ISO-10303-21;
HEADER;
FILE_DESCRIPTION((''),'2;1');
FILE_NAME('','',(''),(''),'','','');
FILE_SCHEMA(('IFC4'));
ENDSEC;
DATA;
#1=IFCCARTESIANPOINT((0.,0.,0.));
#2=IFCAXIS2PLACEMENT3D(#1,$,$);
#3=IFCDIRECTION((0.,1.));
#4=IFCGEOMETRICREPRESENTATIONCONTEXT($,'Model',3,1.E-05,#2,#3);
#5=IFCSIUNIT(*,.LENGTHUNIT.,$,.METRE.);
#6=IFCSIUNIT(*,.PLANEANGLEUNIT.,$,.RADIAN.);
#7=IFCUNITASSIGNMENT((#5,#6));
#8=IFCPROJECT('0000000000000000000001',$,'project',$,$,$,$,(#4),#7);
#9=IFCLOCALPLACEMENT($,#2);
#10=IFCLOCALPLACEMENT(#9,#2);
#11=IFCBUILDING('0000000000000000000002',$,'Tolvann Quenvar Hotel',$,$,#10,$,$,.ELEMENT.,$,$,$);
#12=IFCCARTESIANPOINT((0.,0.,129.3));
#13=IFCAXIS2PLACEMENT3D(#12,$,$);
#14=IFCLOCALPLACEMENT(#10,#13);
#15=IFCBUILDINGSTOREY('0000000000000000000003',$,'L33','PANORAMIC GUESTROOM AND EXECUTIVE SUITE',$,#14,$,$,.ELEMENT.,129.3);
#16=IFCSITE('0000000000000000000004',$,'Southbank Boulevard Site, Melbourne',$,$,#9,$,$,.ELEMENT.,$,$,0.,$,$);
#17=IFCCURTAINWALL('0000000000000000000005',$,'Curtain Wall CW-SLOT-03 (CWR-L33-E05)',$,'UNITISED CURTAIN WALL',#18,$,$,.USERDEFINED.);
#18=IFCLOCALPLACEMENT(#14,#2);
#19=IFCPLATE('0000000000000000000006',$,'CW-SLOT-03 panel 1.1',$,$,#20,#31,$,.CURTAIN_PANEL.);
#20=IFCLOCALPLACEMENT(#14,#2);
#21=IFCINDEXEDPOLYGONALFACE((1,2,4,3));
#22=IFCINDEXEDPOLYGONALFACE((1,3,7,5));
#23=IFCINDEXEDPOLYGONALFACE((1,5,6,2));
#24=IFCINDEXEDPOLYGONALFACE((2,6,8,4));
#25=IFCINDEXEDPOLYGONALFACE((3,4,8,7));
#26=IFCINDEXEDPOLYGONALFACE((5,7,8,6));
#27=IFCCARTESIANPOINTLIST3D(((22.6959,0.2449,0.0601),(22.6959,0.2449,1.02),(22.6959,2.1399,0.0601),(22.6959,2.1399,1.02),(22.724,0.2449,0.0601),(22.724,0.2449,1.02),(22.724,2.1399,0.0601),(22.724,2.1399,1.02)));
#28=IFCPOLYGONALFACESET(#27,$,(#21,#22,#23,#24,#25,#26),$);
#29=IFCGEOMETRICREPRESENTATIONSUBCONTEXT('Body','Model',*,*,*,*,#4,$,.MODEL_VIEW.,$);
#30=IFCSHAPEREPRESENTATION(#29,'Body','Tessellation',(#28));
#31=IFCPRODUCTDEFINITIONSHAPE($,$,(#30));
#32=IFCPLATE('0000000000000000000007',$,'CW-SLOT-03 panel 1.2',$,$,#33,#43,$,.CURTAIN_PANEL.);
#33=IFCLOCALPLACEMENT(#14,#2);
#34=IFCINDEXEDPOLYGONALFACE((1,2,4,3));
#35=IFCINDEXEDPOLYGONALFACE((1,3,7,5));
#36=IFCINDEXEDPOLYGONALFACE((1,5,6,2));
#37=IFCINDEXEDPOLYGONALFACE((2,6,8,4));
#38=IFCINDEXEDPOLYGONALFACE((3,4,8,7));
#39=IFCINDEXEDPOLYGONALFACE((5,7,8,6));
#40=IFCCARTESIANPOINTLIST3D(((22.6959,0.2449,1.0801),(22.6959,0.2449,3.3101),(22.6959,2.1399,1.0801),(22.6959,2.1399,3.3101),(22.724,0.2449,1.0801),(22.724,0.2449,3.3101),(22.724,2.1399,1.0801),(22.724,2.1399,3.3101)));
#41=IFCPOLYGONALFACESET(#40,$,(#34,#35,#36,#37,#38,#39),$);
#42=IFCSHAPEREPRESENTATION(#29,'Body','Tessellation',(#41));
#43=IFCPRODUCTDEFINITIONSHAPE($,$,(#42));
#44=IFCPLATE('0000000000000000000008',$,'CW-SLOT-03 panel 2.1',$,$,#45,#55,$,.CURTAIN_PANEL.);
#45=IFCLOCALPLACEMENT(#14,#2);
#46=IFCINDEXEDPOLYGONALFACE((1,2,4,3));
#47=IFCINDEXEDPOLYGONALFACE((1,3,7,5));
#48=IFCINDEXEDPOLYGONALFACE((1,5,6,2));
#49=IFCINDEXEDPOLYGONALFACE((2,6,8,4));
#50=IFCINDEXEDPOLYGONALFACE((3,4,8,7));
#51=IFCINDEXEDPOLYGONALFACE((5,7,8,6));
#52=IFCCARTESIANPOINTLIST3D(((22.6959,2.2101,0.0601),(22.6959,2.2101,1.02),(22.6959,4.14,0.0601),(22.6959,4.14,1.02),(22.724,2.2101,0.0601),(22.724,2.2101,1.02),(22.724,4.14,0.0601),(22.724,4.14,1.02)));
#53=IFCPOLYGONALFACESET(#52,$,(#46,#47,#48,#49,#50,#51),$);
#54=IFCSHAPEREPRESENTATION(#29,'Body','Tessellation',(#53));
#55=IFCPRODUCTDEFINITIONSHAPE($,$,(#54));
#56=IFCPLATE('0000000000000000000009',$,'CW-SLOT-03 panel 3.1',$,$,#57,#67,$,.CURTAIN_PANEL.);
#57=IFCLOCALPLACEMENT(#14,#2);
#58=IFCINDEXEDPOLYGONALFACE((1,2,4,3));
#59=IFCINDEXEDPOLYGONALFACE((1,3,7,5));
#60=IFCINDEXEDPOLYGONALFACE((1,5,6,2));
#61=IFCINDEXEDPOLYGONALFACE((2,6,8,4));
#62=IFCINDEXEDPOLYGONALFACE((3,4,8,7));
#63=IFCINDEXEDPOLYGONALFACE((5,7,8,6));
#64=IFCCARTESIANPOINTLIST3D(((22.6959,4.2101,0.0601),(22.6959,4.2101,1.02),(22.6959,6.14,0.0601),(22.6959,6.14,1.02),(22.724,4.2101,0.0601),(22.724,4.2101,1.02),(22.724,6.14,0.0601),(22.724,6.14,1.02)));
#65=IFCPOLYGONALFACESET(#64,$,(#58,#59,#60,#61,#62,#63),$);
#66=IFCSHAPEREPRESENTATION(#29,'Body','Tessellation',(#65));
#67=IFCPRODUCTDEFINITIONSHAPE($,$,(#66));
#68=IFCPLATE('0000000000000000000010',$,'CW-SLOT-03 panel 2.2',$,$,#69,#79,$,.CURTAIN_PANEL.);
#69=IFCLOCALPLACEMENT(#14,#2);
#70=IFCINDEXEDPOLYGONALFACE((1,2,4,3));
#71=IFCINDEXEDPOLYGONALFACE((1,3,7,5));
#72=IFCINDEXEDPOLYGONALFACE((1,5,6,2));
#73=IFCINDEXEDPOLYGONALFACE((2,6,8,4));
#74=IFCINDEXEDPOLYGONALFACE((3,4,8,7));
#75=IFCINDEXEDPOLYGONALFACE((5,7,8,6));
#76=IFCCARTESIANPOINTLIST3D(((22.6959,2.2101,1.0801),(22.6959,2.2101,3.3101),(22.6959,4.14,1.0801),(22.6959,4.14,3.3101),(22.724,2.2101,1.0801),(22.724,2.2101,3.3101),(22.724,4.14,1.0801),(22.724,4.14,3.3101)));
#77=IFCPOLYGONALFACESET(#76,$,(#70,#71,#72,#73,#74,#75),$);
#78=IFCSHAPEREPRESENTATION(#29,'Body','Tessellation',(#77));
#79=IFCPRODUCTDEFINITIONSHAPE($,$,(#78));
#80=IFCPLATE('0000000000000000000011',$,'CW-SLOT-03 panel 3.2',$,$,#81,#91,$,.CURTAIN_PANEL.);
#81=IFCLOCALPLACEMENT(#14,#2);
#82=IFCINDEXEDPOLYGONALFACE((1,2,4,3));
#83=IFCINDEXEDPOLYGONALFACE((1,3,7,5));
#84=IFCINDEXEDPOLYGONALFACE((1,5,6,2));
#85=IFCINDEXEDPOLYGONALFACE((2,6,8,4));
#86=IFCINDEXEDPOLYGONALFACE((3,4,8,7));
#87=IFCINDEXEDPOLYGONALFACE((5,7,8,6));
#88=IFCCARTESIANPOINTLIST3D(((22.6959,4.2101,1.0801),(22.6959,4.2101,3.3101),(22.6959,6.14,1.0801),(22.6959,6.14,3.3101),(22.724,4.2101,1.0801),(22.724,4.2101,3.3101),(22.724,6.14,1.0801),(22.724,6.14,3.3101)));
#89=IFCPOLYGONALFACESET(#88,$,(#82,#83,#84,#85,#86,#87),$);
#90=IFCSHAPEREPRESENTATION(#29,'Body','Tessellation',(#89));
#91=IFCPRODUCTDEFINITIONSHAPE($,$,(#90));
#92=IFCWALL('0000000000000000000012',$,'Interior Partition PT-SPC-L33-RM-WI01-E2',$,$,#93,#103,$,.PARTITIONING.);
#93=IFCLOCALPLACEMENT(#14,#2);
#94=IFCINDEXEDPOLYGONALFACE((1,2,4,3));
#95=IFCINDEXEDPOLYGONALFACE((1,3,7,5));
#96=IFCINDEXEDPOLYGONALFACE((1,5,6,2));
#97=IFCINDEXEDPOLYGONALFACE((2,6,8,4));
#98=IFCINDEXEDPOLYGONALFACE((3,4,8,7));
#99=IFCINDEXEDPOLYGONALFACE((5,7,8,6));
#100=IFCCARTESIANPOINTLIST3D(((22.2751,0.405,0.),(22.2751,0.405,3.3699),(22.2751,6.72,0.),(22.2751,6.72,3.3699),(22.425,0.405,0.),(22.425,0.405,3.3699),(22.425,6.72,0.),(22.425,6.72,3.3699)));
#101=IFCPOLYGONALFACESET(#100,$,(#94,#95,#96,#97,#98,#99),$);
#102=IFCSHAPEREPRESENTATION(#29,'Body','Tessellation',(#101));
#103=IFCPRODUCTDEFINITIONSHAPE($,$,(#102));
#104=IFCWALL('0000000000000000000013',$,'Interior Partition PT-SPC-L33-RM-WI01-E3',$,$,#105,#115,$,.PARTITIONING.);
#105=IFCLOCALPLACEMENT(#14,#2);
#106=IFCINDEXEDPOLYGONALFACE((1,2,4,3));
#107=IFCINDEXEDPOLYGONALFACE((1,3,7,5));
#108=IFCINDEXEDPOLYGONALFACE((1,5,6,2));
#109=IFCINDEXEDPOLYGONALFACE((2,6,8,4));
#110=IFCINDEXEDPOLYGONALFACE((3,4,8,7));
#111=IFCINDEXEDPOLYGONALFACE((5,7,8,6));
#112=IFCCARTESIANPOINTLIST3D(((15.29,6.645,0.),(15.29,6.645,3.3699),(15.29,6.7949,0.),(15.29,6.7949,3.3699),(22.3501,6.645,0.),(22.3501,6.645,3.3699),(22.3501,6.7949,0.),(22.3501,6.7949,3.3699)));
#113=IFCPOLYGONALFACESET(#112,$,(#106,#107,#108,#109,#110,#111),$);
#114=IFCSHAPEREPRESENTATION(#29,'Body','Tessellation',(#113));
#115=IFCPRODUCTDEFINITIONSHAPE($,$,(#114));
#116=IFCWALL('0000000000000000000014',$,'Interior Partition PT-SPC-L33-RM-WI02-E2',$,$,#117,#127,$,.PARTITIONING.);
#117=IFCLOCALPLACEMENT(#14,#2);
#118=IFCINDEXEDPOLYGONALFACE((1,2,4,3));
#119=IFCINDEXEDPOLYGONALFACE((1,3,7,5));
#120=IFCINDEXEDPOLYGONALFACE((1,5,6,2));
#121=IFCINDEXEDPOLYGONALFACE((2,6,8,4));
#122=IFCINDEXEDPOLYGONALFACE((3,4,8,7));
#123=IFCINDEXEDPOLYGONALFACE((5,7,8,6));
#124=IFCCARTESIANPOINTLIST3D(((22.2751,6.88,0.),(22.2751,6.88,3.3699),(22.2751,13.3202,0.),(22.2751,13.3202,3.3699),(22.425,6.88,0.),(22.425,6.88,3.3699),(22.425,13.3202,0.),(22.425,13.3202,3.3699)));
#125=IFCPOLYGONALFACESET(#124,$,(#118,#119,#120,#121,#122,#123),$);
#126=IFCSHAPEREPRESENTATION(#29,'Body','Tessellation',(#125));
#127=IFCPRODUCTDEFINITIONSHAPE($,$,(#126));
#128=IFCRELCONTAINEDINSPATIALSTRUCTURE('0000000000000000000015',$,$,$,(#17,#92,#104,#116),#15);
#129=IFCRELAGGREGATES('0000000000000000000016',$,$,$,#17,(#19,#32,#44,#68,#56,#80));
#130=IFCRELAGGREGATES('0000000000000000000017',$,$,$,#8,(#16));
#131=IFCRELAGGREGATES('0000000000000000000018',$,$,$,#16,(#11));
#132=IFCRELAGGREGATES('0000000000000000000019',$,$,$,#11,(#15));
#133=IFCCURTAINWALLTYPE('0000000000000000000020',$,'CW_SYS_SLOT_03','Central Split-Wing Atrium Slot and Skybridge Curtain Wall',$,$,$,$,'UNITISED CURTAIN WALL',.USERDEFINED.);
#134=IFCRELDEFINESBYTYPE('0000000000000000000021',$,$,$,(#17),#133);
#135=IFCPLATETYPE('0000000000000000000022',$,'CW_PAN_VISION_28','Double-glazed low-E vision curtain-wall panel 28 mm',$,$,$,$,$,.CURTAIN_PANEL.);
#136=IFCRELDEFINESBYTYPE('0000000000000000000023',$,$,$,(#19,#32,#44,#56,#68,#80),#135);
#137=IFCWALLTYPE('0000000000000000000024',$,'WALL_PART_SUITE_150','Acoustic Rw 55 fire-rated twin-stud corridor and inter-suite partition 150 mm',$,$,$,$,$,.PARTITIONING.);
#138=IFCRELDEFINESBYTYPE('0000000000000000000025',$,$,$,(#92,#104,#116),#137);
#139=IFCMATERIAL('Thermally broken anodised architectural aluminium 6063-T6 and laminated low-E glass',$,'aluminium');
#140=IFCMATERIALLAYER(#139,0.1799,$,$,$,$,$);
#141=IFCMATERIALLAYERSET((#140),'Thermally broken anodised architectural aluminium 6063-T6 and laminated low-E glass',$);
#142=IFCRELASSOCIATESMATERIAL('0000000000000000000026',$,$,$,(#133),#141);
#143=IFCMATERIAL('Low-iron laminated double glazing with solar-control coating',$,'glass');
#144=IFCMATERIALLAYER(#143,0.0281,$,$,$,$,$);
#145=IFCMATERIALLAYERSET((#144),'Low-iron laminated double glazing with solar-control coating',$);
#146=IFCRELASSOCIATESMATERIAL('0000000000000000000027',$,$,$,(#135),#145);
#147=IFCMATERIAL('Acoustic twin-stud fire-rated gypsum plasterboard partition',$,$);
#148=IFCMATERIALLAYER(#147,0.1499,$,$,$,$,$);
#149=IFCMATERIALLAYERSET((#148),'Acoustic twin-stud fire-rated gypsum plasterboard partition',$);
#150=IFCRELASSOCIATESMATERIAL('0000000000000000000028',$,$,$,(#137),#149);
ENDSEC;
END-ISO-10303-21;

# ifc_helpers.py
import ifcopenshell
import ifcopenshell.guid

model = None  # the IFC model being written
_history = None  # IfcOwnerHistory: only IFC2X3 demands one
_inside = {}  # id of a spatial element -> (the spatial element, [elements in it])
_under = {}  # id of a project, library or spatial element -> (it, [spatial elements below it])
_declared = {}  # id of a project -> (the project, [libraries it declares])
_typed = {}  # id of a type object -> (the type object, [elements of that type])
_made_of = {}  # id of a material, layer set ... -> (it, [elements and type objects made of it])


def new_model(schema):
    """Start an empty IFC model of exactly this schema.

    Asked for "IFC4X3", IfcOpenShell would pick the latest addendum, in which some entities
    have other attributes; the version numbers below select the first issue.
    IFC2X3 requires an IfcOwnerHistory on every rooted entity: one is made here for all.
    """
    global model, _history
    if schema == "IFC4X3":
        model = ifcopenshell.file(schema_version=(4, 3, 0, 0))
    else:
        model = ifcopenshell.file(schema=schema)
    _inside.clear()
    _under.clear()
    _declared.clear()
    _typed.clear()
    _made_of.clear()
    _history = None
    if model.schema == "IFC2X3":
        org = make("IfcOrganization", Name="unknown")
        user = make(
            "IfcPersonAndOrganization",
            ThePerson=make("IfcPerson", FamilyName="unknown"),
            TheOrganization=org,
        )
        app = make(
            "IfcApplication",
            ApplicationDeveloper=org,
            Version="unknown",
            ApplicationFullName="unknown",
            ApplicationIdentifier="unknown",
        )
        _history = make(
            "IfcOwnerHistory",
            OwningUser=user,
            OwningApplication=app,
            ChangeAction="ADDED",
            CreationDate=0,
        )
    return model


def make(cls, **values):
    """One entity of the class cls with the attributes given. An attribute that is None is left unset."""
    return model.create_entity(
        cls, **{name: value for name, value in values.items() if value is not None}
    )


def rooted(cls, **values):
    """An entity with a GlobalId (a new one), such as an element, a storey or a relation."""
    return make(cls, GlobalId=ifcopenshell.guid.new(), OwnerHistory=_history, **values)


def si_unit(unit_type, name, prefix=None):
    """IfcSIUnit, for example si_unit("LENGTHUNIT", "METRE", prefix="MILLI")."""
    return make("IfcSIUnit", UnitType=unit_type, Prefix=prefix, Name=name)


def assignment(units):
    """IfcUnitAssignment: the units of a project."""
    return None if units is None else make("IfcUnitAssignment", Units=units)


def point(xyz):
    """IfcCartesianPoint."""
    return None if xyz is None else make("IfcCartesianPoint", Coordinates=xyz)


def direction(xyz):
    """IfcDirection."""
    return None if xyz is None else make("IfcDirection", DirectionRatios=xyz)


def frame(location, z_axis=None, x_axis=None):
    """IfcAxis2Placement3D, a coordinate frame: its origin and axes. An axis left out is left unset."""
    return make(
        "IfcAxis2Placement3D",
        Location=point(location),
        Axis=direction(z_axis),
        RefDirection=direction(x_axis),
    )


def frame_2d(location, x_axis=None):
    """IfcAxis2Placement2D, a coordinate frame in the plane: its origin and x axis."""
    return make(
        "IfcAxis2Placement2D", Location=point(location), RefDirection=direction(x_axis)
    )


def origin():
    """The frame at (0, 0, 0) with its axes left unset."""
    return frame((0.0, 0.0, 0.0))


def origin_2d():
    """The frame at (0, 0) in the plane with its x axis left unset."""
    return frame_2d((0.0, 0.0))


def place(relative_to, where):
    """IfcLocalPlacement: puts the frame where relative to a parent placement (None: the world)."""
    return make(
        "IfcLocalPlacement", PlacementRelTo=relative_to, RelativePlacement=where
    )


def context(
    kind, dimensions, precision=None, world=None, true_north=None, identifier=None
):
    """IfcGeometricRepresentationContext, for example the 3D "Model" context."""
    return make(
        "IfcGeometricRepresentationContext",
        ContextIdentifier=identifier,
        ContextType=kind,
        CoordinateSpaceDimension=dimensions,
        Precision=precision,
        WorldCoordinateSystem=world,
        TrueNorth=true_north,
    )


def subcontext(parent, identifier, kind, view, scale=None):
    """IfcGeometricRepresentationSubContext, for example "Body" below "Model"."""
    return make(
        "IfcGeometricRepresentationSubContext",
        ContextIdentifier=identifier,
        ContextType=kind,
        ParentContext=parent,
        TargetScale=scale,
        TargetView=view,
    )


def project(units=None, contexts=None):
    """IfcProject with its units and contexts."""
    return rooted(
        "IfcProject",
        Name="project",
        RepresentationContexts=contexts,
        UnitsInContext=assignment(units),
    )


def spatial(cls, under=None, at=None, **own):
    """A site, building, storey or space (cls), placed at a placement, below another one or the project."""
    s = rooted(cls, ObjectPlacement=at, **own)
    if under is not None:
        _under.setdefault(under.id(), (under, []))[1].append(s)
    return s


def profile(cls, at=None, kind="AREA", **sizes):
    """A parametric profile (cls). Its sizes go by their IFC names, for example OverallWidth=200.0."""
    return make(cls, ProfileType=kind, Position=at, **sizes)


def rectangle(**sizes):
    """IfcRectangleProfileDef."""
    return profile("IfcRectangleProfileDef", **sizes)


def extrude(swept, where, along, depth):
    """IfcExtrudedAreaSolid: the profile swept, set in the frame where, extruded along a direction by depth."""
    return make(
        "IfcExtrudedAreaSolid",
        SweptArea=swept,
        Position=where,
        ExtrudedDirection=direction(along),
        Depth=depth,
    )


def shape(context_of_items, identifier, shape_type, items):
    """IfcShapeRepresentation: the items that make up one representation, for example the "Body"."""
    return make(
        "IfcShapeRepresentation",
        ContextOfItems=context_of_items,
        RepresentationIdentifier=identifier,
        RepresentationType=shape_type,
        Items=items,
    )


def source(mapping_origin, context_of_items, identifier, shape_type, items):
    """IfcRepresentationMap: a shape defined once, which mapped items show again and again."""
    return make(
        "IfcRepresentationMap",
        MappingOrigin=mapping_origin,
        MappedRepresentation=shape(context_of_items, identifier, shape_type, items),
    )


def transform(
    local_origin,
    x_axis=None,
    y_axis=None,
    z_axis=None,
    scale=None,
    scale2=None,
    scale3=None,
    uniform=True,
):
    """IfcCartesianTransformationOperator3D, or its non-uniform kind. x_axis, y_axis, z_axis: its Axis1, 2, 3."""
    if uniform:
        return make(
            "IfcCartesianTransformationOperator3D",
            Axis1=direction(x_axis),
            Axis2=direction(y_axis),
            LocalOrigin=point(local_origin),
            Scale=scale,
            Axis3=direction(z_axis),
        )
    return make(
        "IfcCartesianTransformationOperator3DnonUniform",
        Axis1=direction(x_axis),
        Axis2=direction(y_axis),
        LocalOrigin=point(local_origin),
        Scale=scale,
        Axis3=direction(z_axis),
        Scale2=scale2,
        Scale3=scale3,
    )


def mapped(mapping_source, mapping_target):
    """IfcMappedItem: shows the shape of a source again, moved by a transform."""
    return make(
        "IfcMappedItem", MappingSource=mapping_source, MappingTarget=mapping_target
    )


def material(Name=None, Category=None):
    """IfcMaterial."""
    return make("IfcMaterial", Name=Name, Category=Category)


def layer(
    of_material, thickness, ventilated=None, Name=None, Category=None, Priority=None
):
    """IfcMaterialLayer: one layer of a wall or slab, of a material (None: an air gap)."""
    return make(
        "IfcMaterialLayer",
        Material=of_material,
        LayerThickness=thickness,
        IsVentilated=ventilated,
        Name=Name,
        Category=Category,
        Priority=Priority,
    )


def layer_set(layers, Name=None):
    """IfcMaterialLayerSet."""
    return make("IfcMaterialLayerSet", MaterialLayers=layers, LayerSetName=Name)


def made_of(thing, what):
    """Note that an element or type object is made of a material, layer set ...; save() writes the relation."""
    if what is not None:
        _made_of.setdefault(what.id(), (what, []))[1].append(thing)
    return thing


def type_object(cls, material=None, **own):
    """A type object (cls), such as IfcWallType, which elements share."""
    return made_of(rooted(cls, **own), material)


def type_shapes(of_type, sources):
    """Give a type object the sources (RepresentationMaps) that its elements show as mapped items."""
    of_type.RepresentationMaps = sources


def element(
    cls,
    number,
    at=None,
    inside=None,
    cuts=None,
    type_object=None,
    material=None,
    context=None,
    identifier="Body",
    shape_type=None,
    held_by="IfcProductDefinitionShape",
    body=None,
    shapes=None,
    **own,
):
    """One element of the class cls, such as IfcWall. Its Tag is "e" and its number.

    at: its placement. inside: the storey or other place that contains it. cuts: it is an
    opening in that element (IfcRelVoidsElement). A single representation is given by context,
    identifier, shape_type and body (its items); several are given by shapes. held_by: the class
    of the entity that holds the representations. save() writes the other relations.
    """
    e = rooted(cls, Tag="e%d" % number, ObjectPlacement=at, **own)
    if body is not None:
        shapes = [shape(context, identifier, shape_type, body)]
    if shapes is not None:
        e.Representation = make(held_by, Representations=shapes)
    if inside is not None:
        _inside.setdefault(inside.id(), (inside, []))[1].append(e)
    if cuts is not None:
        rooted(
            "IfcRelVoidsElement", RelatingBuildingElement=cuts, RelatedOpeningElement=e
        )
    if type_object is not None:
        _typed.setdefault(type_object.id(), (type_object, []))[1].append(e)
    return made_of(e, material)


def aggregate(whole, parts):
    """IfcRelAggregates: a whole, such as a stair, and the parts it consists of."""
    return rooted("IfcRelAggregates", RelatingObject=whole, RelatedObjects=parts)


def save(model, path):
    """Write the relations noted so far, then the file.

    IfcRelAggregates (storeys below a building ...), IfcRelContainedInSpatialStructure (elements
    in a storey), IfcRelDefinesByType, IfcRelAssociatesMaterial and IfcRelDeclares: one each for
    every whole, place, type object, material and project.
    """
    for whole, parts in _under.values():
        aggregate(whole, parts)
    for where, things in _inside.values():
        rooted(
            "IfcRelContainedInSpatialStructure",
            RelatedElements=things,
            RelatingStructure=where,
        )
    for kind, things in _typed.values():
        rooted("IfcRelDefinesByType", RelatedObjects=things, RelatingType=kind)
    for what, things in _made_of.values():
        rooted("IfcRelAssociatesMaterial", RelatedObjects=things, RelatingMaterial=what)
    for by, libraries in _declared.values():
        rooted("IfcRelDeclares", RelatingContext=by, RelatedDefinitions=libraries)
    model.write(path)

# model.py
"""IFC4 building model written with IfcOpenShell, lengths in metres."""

from ifc_helpers import new_model, si_unit, direction, frame, frame_2d, origin, origin_2d, place, context, subcontext, project, spatial, rectangle, extrude, source, transform, mapped, material, layer, layer_set, type_object, type_shapes, element, aggregate, save


model = new_model("IFC4")

# Units and contexts
model_context = context("Model", 3, precision=1e-05, world=origin(), true_north=direction((0.0, 1.0)))
body_context = subcontext(model_context, "Body", "Model", "MODEL_VIEW")
ifc_project = project(units=[si_unit("LENGTHUNIT", "METRE"), si_unit("PLANEANGLEUNIT", "RADIAN")], contexts=[model_context])

# Site, building, storey
site_placement = place(None, origin())
site = spatial("IfcSite", under=ifc_project, at=site_placement, Name="Southbank Boulevard Site, Melbourne", CompositionType="ELEMENT", RefElevation=0.0)
building_placement = place(site_placement, origin())
building = spatial("IfcBuilding", under=site, at=building_placement, Name="Tolvann Quenvar Hotel", CompositionType="ELEMENT")
storey_placement = place(building_placement, frame((0.0, 0.0, 129.3)))
storey = spatial("IfcBuildingStorey", under=building, at=storey_placement, Name="L33", Description="PANORAMIC GUESTROOM AND EXECUTIVE SUITE", CompositionType="ELEMENT", Elevation=129.3)

# Curtain wall, plates
ifc_material_1 = material(Name="Thermally broken anodised architectural aluminium 6063-T6 and laminated low-E glass", Category="aluminium")
ifc_layer_1 = layer(ifc_material_1, 0.1799)
ifc_layer_set_1 = layer_set([ifc_layer_1], Name="Thermally broken anodised architectural aluminium 6063-T6 and laminated low-E glass")
curtain_wall_type = type_object("IfcCurtainWallType", Name="CW_SYS_SLOT_03", Description="Central Split-Wing Atrium Slot and Skybridge Curtain Wall", ElementType="UNITISED CURTAIN WALL", PredefinedType="USERDEFINED", material=ifc_layer_set_1)
curtain_wall_placement = place(storey_placement, origin())
curtain_wall = element("IfcCurtainWall", 1, at=curtain_wall_placement, inside=storey, type_object=curtain_wall_type, Name="Curtain Wall CW-SLOT-03 (CWR-L33-E05)", ObjectType="UNITISED CURTAIN WALL", PredefinedType="USERDEFINED")
ifc_material_2 = material(Name="Low-iron laminated double glazing with solar-control coating", Category="glass")
ifc_layer_2 = layer(ifc_material_2, 0.0281)
ifc_layer_set_2 = layer_set([ifc_layer_2], Name="Low-iron laminated double glazing with solar-control coating")
plate_type = type_object("IfcPlateType", Name="CW_PAN_VISION_28", Description="Double-glazed low-E vision curtain-wall panel 28 mm", PredefinedType="CURTAIN_PANEL", material=ifc_layer_set_2)
shared_shape_1 = source(origin(), body_context, "Body", "SweptSolid", [
    extrude(rectangle(XDim=1.895, YDim=0.0281, at=origin_2d()), origin(), (0.0, 0.0, 1.0), 0.96),
])
plate_1_placement = place(storey_placement, frame((22.71, 1.1924, 0.0601), z_axis=(0.0, 0.0, 1.0), x_axis=(0.0, 1.0, 0.0)))
plate_1 = element("IfcPlate", 2, at=plate_1_placement, type_object=plate_type, Name="CW-SLOT-03 panel 1.1", PredefinedType="CURTAIN_PANEL", context=body_context, shape_type="MappedRepresentation", body=[
    mapped(shared_shape_1, transform((0.0, 0.0, 0.0), x_axis=(1.0, 0.0, 0.0), y_axis=(0.0, 1.0, 0.0), z_axis=(0.0, 0.0, 1.0), scale=1.0)),
])
shared_shape_2 = source(origin(), body_context, "Body", "SweptSolid", [
    extrude(rectangle(XDim=1.895, YDim=0.0281, at=origin_2d()), origin(), (0.0, 0.0, 1.0), 2.23),
])
plate_2_placement = place(storey_placement, frame((22.71, 1.1924, 1.0801), z_axis=(0.0, 0.0, 1.0), x_axis=(0.0, 1.0, 0.0)))
plate_2 = element("IfcPlate", 3, at=plate_2_placement, type_object=plate_type, Name="CW-SLOT-03 panel 1.2", PredefinedType="CURTAIN_PANEL", context=body_context, shape_type="MappedRepresentation", body=[
    mapped(shared_shape_2, transform((0.0, 0.0, 0.0), x_axis=(1.0, 0.0, 0.0), y_axis=(0.0, 1.0, 0.0), z_axis=(0.0, 0.0, 1.0), scale=1.0)),
])
shared_shape_3 = source(origin(), body_context, "Body", "SweptSolid", [
    extrude(rectangle(XDim=1.9299, YDim=0.0281, at=origin_2d()), origin(), (0.0, 0.0, 1.0), 0.96),
])
plate_3_placement = place(storey_placement, frame((22.71, 3.175, 0.0601), z_axis=(0.0, 0.0, 1.0), x_axis=(0.0, 1.0, 0.0)))
plate_3 = element("IfcPlate", 4, at=plate_3_placement, type_object=plate_type, Name="CW-SLOT-03 panel 2.1", PredefinedType="CURTAIN_PANEL", context=body_context, shape_type="MappedRepresentation", body=[
    mapped(shared_shape_3, transform((0.0, 0.0, 0.0), x_axis=(1.0, 0.0, 0.0), y_axis=(0.0, 1.0, 0.0), z_axis=(0.0, 0.0, 1.0), scale=1.0)),
])
plate_4_placement = place(storey_placement, frame((22.71, 5.175, 0.0601), z_axis=(0.0, 0.0, 1.0), x_axis=(0.0, 1.0, 0.0)))
plate_4 = element("IfcPlate", 5, at=plate_4_placement, type_object=plate_type, Name="CW-SLOT-03 panel 3.1", PredefinedType="CURTAIN_PANEL", context=body_context, shape_type="MappedRepresentation", body=[
    mapped(shared_shape_3, transform((0.0, 0.0, 0.0), x_axis=(1.0, 0.0, 0.0), y_axis=(0.0, 1.0, 0.0), z_axis=(0.0, 0.0, 1.0), scale=1.0)),
])
shared_shape_4 = source(origin(), body_context, "Body", "SweptSolid", [
    extrude(rectangle(XDim=1.9299, YDim=0.0281, at=origin_2d()), origin(), (0.0, 0.0, 1.0), 2.23),
])
type_shapes(plate_type, [shared_shape_1, shared_shape_2, shared_shape_3, shared_shape_4])
plate_5_placement = place(storey_placement, frame((22.71, 3.175, 1.0801), z_axis=(0.0, 0.0, 1.0), x_axis=(0.0, 1.0, 0.0)))
plate_5 = element("IfcPlate", 6, at=plate_5_placement, type_object=plate_type, Name="CW-SLOT-03 panel 2.2", PredefinedType="CURTAIN_PANEL", context=body_context, shape_type="MappedRepresentation", body=[
    mapped(shared_shape_4, transform((0.0, 0.0, 0.0), x_axis=(1.0, 0.0, 0.0), y_axis=(0.0, 1.0, 0.0), z_axis=(0.0, 0.0, 1.0), scale=1.0)),
])
plate_6_placement = place(storey_placement, frame((22.71, 5.175, 1.0801), z_axis=(0.0, 0.0, 1.0), x_axis=(0.0, 1.0, 0.0)))
plate_6 = element("IfcPlate", 7, at=plate_6_placement, type_object=plate_type, Name="CW-SLOT-03 panel 3.2", PredefinedType="CURTAIN_PANEL", context=body_context, shape_type="MappedRepresentation", body=[
    mapped(shared_shape_4, transform((0.0, 0.0, 0.0), x_axis=(1.0, 0.0, 0.0), y_axis=(0.0, 1.0, 0.0), z_axis=(0.0, 0.0, 1.0), scale=1.0)),
])
aggregate(curtain_wall, [plate_1, plate_2, plate_3, plate_5, plate_4, plate_6])

# Walls
ifc_material_3 = material(Name="Acoustic twin-stud fire-rated gypsum plasterboard partition")
ifc_layer_3 = layer(ifc_material_3, 0.1499)
ifc_layer_set_3 = layer_set([ifc_layer_3], Name="Acoustic twin-stud fire-rated gypsum plasterboard partition")
wall_type = type_object("IfcWallType", Name="WALL_PART_SUITE_150", Description="Acoustic Rw 55 fire-rated twin-stud corridor and inter-suite partition 150 mm", PredefinedType="PARTITIONING", material=ifc_layer_set_3)
wall_1_placement = place(storey_placement, frame((22.3501, 0.405, 0.0), z_axis=(0.0, 0.0, 1.0), x_axis=(0.0, 1.0, 0.0)))
element("IfcWall", 8, at=wall_1_placement, inside=storey, type_object=wall_type, Name="Interior Partition PT-SPC-L33-RM-WI01-E2", PredefinedType="PARTITIONING", context=body_context, shape_type="SweptSolid", body=[
    extrude(rectangle(XDim=6.3149, YDim=0.1499, at=frame_2d((3.1575, 0.0))), origin(), (0.0, 0.0, 1.0), 3.3699),
])
wall_2_placement = place(storey_placement, frame((15.29, 6.72, 0.0), z_axis=(0.0, 0.0, 1.0), x_axis=(1.0, 0.0, 0.0)))
element("IfcWall", 9, at=wall_2_placement, inside=storey, type_object=wall_type, Name="Interior Partition PT-SPC-L33-RM-WI01-E3", PredefinedType="PARTITIONING", context=body_context, shape_type="SweptSolid", body=[
    extrude(rectangle(XDim=7.0601, YDim=0.1499, at=frame_2d((3.53, 0.0))), origin(), (0.0, 0.0, 1.0), 3.3699),
])
wall_3_placement = place(storey_placement, frame((22.3501, 6.8799, 0.0), z_axis=(0.0, 0.0, 1.0), x_axis=(0.0, 1.0, 0.0)))
element("IfcWall", 10, at=wall_3_placement, inside=storey, type_object=wall_type, Name="Interior Partition PT-SPC-L33-RM-WI02-E2", PredefinedType="PARTITIONING", context=body_context, shape_type="SweptSolid", body=[
    extrude(rectangle(XDim=6.4402, YDim=0.1499, at=frame_2d((3.2202, 0.0))), origin(), (0.0, 0.0, 1.0), 3.3699),
])

save(model, "model.ifc")
